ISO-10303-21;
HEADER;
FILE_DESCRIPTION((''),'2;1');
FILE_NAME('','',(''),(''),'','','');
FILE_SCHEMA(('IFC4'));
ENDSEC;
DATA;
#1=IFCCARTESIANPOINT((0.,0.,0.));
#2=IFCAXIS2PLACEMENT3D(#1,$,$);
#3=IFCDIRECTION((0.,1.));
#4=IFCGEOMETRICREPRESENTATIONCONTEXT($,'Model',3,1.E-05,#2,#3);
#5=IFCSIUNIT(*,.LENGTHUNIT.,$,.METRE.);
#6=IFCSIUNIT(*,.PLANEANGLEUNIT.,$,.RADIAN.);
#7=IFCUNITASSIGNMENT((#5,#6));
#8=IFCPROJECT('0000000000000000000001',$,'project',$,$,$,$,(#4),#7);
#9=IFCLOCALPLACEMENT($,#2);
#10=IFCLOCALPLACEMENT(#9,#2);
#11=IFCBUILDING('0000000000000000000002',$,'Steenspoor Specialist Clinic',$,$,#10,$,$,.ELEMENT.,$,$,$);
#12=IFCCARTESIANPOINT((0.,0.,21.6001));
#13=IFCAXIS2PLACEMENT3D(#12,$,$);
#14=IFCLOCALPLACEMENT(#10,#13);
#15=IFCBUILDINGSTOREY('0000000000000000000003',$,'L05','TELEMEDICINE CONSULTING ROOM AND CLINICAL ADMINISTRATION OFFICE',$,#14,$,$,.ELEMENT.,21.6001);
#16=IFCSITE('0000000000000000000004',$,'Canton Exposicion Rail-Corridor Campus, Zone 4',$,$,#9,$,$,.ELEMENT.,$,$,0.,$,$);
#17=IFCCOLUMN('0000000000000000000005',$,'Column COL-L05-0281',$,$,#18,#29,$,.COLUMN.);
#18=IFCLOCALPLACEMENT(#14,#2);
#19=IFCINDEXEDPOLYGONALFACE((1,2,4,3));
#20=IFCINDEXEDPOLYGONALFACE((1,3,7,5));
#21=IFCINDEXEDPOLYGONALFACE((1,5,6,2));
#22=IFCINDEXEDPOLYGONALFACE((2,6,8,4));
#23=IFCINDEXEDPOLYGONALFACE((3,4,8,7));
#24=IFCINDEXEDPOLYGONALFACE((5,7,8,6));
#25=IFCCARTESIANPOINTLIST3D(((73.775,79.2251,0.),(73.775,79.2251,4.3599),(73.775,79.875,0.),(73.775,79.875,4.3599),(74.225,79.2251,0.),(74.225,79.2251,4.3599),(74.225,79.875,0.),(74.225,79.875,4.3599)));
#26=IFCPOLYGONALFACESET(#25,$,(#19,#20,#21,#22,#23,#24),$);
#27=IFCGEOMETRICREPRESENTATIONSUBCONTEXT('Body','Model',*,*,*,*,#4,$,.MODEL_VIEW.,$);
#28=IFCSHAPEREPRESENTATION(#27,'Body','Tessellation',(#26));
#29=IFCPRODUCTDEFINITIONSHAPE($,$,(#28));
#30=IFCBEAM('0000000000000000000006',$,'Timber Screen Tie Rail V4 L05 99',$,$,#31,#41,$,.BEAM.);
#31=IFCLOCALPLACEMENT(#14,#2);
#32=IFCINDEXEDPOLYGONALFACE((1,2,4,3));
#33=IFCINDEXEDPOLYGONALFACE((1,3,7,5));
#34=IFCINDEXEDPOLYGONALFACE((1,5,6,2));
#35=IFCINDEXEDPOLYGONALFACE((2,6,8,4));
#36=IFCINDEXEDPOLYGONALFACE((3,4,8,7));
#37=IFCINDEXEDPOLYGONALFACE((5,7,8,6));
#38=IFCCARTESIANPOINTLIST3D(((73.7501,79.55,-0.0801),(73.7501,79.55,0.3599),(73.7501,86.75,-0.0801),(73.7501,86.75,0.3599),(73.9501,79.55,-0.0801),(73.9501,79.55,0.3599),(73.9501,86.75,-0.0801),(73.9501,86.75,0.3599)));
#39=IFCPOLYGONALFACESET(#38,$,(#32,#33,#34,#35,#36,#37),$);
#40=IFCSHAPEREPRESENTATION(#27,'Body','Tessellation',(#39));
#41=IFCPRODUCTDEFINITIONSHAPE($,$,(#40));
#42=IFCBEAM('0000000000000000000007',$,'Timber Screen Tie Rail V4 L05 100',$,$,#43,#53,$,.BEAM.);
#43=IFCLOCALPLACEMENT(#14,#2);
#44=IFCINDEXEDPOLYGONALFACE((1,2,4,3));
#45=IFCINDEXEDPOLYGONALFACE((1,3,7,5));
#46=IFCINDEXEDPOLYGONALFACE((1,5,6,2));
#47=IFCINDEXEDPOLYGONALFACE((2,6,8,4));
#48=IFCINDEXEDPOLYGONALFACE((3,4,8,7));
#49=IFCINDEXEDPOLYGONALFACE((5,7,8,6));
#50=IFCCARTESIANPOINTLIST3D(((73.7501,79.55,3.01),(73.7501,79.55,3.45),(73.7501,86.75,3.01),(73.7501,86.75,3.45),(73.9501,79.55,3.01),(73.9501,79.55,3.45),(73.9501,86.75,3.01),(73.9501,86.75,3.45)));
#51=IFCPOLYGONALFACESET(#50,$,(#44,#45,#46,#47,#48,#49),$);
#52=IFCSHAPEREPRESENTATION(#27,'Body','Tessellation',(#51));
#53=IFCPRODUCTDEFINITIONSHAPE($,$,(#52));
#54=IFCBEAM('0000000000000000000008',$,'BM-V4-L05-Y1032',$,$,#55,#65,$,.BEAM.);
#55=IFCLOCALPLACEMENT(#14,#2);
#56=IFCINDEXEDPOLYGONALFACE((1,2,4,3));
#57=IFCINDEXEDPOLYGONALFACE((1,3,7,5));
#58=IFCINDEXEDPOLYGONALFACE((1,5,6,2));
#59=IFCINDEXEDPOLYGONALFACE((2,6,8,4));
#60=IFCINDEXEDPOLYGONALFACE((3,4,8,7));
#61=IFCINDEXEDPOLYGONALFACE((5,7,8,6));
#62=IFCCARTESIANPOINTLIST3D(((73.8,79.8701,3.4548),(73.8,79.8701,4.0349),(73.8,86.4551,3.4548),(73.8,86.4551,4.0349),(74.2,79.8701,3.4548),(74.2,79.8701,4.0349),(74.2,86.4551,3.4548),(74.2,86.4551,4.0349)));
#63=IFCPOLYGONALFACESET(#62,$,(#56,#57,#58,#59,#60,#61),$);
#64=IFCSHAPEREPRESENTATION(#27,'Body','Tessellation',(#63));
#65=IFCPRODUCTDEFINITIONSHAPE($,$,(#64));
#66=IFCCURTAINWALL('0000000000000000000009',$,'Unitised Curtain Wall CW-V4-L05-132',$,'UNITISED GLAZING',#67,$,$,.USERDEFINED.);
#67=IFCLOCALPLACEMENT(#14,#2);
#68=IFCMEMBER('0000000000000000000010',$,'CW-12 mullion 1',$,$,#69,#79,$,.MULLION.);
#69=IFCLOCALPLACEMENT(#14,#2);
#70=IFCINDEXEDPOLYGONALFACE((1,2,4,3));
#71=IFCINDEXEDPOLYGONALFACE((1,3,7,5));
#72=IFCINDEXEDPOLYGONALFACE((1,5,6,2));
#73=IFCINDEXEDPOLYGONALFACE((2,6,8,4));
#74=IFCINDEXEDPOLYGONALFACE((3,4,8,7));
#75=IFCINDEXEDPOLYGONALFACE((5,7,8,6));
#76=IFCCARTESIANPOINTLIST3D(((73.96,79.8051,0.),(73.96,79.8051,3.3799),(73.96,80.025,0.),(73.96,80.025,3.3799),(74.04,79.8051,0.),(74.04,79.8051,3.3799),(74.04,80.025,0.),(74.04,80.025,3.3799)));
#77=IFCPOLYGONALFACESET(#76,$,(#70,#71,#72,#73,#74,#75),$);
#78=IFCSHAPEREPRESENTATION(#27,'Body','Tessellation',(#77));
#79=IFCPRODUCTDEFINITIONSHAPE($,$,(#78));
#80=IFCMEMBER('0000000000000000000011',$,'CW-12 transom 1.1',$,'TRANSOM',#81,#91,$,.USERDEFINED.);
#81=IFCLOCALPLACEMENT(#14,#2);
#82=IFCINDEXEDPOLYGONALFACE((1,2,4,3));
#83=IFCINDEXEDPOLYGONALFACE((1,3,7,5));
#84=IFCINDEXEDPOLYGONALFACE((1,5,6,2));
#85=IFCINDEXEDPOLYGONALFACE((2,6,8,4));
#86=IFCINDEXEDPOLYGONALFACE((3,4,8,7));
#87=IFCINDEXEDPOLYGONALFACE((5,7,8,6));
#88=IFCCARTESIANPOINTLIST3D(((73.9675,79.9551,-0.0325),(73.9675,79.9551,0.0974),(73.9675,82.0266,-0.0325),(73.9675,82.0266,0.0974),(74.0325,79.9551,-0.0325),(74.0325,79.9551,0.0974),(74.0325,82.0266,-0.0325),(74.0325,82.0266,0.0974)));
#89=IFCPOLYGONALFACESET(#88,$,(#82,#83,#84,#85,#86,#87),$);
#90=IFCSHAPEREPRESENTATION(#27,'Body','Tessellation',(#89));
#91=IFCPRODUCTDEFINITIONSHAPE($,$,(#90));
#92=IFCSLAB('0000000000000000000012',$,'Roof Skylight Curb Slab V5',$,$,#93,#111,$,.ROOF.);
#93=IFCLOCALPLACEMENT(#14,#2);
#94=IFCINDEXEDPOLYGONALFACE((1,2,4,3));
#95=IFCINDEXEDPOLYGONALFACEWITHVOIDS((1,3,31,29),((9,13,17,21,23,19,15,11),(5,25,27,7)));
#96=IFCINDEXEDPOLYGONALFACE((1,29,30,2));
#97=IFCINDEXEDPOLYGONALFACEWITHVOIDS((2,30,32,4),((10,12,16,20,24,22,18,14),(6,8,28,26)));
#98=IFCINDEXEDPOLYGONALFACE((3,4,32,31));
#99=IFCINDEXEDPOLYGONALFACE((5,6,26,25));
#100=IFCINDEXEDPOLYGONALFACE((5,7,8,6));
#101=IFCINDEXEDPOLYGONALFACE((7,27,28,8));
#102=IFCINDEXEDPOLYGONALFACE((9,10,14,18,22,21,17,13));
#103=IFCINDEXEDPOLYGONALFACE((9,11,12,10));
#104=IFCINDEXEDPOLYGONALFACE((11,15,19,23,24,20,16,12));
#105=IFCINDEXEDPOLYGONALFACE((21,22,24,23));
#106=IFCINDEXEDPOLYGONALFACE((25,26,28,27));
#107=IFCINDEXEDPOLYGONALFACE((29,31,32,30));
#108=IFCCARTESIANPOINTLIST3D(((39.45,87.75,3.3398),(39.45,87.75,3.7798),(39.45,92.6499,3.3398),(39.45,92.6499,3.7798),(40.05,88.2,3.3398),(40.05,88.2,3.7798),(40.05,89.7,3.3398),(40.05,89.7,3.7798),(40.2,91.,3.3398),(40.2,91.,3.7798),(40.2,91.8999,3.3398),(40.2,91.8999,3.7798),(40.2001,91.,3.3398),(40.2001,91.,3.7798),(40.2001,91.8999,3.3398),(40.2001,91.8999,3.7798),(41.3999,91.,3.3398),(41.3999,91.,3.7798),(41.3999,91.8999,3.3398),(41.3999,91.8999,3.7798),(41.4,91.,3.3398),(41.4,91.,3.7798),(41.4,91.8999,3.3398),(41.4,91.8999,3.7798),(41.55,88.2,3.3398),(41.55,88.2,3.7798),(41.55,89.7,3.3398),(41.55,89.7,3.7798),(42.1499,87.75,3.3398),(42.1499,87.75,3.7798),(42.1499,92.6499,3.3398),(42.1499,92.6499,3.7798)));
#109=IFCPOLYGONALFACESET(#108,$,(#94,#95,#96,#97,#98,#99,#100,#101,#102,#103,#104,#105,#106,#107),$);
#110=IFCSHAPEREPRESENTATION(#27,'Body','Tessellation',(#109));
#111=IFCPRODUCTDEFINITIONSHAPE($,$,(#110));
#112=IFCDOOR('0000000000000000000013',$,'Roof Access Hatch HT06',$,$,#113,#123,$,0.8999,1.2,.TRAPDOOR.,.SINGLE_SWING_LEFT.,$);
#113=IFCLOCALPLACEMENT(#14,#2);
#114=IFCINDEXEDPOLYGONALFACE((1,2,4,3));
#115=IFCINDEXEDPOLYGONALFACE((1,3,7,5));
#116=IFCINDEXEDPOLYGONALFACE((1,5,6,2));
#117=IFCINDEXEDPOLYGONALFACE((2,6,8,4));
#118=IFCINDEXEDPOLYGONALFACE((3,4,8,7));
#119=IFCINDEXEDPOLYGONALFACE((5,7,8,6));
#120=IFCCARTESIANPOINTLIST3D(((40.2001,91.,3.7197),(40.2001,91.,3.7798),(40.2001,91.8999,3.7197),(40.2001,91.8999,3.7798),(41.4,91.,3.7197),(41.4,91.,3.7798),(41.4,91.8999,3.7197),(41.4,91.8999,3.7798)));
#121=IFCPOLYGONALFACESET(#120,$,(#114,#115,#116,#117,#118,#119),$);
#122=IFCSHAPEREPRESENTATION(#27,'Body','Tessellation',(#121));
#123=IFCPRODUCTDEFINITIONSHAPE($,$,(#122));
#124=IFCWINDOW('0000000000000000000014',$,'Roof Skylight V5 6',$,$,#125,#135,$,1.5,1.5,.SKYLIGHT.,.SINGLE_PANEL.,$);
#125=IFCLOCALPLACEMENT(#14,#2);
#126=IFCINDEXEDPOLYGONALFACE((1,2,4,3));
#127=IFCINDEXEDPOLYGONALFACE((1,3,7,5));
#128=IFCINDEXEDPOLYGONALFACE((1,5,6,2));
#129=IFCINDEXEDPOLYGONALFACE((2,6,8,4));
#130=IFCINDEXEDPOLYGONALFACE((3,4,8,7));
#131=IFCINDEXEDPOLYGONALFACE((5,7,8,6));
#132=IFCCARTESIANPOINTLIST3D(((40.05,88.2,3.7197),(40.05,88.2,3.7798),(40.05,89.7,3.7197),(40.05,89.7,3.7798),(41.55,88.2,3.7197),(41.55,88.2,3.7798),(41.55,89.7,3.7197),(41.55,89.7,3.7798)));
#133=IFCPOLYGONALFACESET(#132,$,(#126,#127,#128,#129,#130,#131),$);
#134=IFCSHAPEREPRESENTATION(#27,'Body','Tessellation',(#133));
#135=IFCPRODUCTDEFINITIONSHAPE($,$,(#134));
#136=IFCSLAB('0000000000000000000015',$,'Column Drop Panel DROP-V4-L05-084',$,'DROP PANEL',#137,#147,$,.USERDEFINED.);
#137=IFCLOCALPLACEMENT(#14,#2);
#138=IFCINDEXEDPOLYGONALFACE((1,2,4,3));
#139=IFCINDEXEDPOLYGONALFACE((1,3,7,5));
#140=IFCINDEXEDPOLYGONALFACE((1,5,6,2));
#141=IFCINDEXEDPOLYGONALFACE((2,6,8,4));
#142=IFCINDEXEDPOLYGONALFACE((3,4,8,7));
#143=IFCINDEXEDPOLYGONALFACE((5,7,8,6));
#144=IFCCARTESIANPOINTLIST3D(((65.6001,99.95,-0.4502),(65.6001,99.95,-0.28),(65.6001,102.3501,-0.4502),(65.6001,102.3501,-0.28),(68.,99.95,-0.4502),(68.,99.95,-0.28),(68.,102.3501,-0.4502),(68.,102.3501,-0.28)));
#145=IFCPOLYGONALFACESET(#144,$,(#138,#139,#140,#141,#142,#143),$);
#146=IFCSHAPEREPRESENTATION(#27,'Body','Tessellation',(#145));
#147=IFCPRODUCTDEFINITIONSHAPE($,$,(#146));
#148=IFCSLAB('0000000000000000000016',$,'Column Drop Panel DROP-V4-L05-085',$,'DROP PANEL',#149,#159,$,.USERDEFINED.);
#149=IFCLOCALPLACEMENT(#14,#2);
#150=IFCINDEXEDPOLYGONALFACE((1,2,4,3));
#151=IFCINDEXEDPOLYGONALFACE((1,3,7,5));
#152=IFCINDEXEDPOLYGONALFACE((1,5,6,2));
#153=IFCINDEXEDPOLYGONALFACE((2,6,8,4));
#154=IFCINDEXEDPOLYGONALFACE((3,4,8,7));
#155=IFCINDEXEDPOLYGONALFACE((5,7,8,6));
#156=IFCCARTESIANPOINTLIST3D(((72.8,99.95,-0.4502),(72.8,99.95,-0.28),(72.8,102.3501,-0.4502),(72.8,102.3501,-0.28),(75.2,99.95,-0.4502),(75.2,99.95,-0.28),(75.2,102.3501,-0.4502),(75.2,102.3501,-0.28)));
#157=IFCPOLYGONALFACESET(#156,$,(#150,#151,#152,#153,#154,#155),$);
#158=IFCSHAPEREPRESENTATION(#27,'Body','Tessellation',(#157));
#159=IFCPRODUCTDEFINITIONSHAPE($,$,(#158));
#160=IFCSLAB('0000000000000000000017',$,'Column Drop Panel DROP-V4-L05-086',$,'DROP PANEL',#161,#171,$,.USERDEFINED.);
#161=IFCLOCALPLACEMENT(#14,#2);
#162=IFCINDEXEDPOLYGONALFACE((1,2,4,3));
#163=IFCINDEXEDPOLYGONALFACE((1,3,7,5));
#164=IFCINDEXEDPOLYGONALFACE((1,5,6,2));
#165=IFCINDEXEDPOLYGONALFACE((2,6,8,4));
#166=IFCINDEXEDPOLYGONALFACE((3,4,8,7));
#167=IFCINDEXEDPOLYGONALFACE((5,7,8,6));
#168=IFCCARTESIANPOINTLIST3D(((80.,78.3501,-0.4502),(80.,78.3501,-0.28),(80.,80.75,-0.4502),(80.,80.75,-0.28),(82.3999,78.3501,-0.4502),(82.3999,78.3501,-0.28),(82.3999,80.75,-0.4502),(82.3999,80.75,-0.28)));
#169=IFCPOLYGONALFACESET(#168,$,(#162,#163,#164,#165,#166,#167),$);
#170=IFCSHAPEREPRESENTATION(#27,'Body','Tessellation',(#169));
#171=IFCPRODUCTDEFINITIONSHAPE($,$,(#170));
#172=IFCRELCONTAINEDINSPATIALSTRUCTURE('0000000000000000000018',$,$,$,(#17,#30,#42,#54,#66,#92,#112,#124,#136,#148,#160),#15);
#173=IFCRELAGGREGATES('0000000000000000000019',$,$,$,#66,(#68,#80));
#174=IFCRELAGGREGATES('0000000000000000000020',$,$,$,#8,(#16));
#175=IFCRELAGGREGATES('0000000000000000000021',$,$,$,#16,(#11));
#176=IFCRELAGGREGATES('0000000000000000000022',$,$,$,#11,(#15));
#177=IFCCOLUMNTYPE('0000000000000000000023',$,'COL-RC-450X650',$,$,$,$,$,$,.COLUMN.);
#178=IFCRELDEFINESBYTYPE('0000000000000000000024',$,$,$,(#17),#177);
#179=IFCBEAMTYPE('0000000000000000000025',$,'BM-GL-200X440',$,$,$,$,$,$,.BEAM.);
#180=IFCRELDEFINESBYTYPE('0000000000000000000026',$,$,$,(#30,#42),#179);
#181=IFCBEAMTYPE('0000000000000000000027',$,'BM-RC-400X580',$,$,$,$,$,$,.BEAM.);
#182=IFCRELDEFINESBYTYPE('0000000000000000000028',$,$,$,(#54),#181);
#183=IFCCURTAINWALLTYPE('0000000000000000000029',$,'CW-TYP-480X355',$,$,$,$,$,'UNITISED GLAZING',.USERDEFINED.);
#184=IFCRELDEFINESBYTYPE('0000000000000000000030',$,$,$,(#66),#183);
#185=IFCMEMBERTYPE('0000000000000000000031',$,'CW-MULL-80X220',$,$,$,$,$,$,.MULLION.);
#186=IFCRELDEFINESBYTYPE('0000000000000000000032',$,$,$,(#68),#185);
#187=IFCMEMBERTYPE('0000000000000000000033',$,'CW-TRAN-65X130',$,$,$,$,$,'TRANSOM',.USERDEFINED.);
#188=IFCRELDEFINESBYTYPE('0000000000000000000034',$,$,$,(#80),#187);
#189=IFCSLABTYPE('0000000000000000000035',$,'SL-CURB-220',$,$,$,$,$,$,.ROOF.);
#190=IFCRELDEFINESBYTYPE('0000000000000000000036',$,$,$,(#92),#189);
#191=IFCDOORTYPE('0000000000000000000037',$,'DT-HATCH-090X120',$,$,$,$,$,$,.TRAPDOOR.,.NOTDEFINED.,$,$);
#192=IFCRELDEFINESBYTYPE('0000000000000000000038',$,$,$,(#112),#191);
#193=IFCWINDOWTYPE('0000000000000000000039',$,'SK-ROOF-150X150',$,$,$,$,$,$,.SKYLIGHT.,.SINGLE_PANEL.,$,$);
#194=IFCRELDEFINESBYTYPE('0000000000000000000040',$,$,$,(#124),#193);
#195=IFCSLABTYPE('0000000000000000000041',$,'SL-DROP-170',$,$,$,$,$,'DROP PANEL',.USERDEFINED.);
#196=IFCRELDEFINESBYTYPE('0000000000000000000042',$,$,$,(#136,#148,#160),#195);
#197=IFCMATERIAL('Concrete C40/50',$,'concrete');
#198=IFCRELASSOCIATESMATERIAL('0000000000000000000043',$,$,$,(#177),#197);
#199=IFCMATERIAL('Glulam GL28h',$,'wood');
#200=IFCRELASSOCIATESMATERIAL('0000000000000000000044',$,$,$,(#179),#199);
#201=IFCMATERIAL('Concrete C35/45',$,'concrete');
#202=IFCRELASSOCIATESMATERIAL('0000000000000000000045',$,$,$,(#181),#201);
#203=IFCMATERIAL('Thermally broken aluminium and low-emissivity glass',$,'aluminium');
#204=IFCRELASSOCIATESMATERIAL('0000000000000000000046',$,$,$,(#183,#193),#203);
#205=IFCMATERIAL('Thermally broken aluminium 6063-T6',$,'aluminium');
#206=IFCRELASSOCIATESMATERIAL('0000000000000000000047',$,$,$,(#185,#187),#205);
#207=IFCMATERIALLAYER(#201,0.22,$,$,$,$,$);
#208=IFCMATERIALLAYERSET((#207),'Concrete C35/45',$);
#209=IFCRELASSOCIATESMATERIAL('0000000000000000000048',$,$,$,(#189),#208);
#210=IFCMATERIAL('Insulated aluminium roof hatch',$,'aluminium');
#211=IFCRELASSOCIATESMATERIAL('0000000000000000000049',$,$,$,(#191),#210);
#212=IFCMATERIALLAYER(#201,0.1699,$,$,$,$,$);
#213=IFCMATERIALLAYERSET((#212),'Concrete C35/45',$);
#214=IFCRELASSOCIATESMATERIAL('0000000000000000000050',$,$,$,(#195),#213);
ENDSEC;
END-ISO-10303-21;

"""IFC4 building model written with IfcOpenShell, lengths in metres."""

from ifc_helpers import new_model, si_unit, direction, frame, origin, origin_2d, place, context, subcontext, project, spatial, polyline, rectangle, outline, extrude, material, layer, layer_set, material_profile, profile_set, type_object, element, fill, aggregate, save


model = new_model("IFC4")

# Units and contexts
model_context = context("Model", 3, precision=1e-05, world=origin(), true_north=direction((0.0, 1.0)))
body_context = subcontext(model_context, "Body", "Model", "MODEL_VIEW")
ifc_project = project(units=[si_unit("LENGTHUNIT", "METRE"), si_unit("PLANEANGLEUNIT", "RADIAN")], contexts=[model_context])

# Site, building, storey
site_placement = place(None, origin())
site = spatial("IfcSite", under=ifc_project, at=site_placement, Name="Canton Exposicion Rail-Corridor Campus, Zone 4", CompositionType="ELEMENT", RefElevation=0.0)
building_placement = place(site_placement, origin())
building = spatial("IfcBuilding", under=site, at=building_placement, Name="Steenspoor Specialist Clinic", CompositionType="ELEMENT")
storey_placement = place(building_placement, frame((0.0, 0.0, 21.6001)))
storey = spatial("IfcBuildingStorey", under=building, at=storey_placement, Name="L05", Description="TELEMEDICINE CONSULTING ROOM AND CLINICAL ADMINISTRATION OFFICE", CompositionType="ELEMENT", Elevation=21.6001)

# Column
ifc_material_1 = material(Name="Concrete C40/50", Category="concrete")
ifc_material_profile_1 = material_profile(ifc_material_1, rectangle(XDim=0.45, YDim=0.6499, at=origin_2d()), Name="RC-COL-450X650")
ifc_profile_set_1 = profile_set([ifc_material_profile_1], Name="Concrete C40/50")
column_type = type_object("IfcColumnType", Name="COL-RC-450X650", PredefinedType="COLUMN", material=ifc_profile_set_1)
column_placement = place(storey_placement, frame((74.0, 79.55, 0.0), z_axis=(0.0, 0.0, 1.0), x_axis=(1.0, 0.0, 0.0)))
element("IfcColumn", 1, at=column_placement, inside=storey, type_object=column_type, Name="Column COL-L05-0281", PredefinedType="COLUMN", context=body_context, shape_type="SweptSolid", body=[
    extrude(rectangle(XDim=0.45, YDim=0.6499, at=origin_2d()), origin(), (0.0, 0.0, 1.0), 4.3599),
])

# Beams
ifc_material_2 = material(Name="Glulam GL28h", Category="wood")
ifc_material_profile_2 = material_profile(ifc_material_2, rectangle(XDim=0.2, YDim=0.4399, at=origin_2d()), Name="GL28H-200X440")
ifc_profile_set_2 = profile_set([ifc_material_profile_2], Name="Glulam GL28h")
beam_type_1 = type_object("IfcBeamType", Name="BM-GL-200X440", PredefinedType="BEAM", material=ifc_profile_set_2)
for number, where, z_axis, x_axis, name in (
    (2, (73.8501, 79.55, 0.1399), (0.0, 1.0, 0.0), (-1.0, 0.0, 0.0), "Timber Screen Tie Rail V4 L05 99"),
    (3, (73.8501, 79.55, 3.23), (0.0, 1.0, 0.0), (-1.0, 0.0, 0.0), "Timber Screen Tie Rail V4 L05 100"),
):
    element("IfcBeam", number, at=place(storey_placement, frame(where, z_axis=z_axis, x_axis=x_axis)), inside=storey, type_object=beam_type_1, Name=name, PredefinedType="BEAM", context=body_context, shape_type="SweptSolid", body=[
        extrude(rectangle(XDim=0.2, YDim=0.4399, at=origin_2d()), origin(), (0.0, 0.0, 1.0), 7.2),
    ])
ifc_material_3 = material(Name="Concrete C35/45", Category="concrete")
ifc_material_profile_3 = material_profile(ifc_material_3, rectangle(XDim=0.3999, YDim=0.5801, at=origin_2d()), Name="RC-BM-400X580")
ifc_profile_set_3 = profile_set([ifc_material_profile_3], Name="Concrete C35/45")
beam_type_2 = type_object("IfcBeamType", Name="BM-RC-400X580", PredefinedType="BEAM", material=ifc_profile_set_3)
beam_placement = place(storey_placement, frame((74.0, 79.8701, 3.7449), z_axis=(0.0, 1.0, 0.0), x_axis=(-1.0, 0.0, 0.0)))
element("IfcBeam", 4, at=beam_placement, inside=storey, type_object=beam_type_2, Name="BM-V4-L05-Y1032", PredefinedType="BEAM", context=body_context, shape_type="SweptSolid", body=[
    extrude(rectangle(XDim=0.3999, YDim=0.5801, at=origin_2d()), origin(), (0.0, 0.0, 1.0), 6.585),
])

# Curtain wall, members
ifc_material_4 = material(Name="Thermally broken aluminium and low-emissivity glass", Category="aluminium")
curtain_wall_type = type_object("IfcCurtainWallType", Name="CW-TYP-480X355", ElementType="UNITISED GLAZING", PredefinedType="USERDEFINED", material=ifc_material_4)
curtain_wall_placement = place(storey_placement, origin())
curtain_wall = element("IfcCurtainWall", 5, at=curtain_wall_placement, inside=storey, type_object=curtain_wall_type, Name="Unitised Curtain Wall CW-V4-L05-132", ObjectType="UNITISED GLAZING", PredefinedType="USERDEFINED")
ifc_material_5 = material(Name="Thermally broken aluminium 6063-T6", Category="aluminium")
ifc_material_profile_4 = material_profile(ifc_material_5, rectangle(XDim=0.0801, YDim=0.22, at=origin_2d()), Name="CWM-80X220")
ifc_profile_set_4 = profile_set([ifc_material_profile_4], Name="Thermally broken aluminium 6063-T6")
member_type_1 = type_object("IfcMemberType", Name="CW-MULL-80X220", PredefinedType="MULLION", material=ifc_profile_set_4)
member_1_placement = place(storey_placement, frame((74.0, 79.915, 0.0), z_axis=(0.0, 0.0, 1.0), x_axis=(-1.0, 0.0, 0.0)))
member_1 = element("IfcMember", 6, at=member_1_placement, type_object=member_type_1, Name="CW-12 mullion 1", PredefinedType="MULLION", context=body_context, shape_type="SweptSolid", body=[
    extrude(rectangle(XDim=0.0801, YDim=0.22, at=origin_2d()), origin(), (0.0, 0.0, 1.0), 3.3799),
])
ifc_material_profile_5 = material_profile(ifc_material_5, rectangle(XDim=0.0649, YDim=0.1299, at=origin_2d()), Name="CWT-65X130")
ifc_profile_set_5 = profile_set([ifc_material_profile_5], Name="Thermally broken aluminium 6063-T6")
member_type_2 = type_object("IfcMemberType", Name="CW-TRAN-65X130", ElementType="TRANSOM", PredefinedType="USERDEFINED", material=ifc_profile_set_5)
member_2_placement = place(storey_placement, frame((74.0, 79.9551, 0.0325), z_axis=(0.0, 1.0, 0.0), x_axis=(-1.0, 0.0, 0.0)))
member_2 = element("IfcMember", 7, at=member_2_placement, type_object=member_type_2, Name="CW-12 transom 1.1", ObjectType="TRANSOM", PredefinedType="USERDEFINED", context=body_context, shape_type="SweptSolid", body=[
    extrude(rectangle(XDim=0.0649, YDim=0.1299, at=origin_2d()), origin(), (0.0, 0.0, 1.0), 2.0715),
])
aggregate(curtain_wall, [member_1, member_2])

# Slab, openings, door, window
ifc_layer_1 = layer(ifc_material_3, 0.22)
ifc_layer_set_1 = layer_set([ifc_layer_1], Name="Concrete C35/45")
slab_type_1 = type_object("IfcSlabType", Name="SL-CURB-220", PredefinedType="ROOF", material=ifc_layer_set_1)
slab_1_placement = place(storey_placement, frame((0.0, 0.0, 3.3398)))
slab_1 = element("IfcSlab", 8, at=slab_1_placement, inside=storey, type_object=slab_type_1, Name="Roof Skylight Curb Slab V5", PredefinedType="ROOF", context=body_context, shape_type="SweptSolid", body=[
    extrude(outline(polyline([(39.45, 87.75), (39.45, 92.6499), (42.1499, 92.6499), (42.1499, 87.75), (39.45, 87.75)]), holes=[polyline([(41.55, 88.2), (41.55, 89.7), (40.05, 89.7), (40.05, 88.2), (41.55, 88.2)]), polyline([(41.3999, 91.0), (41.3999, 91.8999), (40.2, 91.8999), (40.2, 91.0), (41.3999, 91.0)])]), origin(), (0.0, 0.0, 1.0), 0.4399),
])
opening_1_placement = place(slab_1_placement, frame((40.8, 88.95, -0.01)))
opening_1 = element("IfcOpeningElement", 9, at=opening_1_placement, cuts=slab_1, PredefinedType="OPENING", context=body_context, shape_type="SweptSolid", body=[
    extrude(rectangle(XDim=1.5, YDim=1.5, at=origin_2d()), origin(), (0.0, 0.0, 1.0), 0.46),
])
opening_2_placement = place(slab_1_placement, frame((40.8, 91.45, -0.01)))
opening_2 = element("IfcOpeningElement", 10, at=opening_2_placement, cuts=slab_1, PredefinedType="OPENING", context=body_context, shape_type="SweptSolid", body=[
    extrude(rectangle(XDim=1.2, YDim=0.8999, at=origin_2d()), origin(), (0.0, 0.0, 1.0), 0.46),
])
ifc_material_6 = material(Name="Insulated aluminium roof hatch", Category="aluminium")
door_type = type_object("IfcDoorType", Name="DT-HATCH-090X120", OperationType="NOTDEFINED", PredefinedType="TRAPDOOR", material=ifc_material_6)
door_placement = place(slab_1_placement, frame((40.8, 91.45, 0.3799)))
door = element("IfcDoor", 11, at=door_placement, inside=storey, type_object=door_type, Name="Roof Access Hatch HT06", OperationType="SINGLE_SWING_LEFT", OverallHeight=0.8999, OverallWidth=1.2, PredefinedType="TRAPDOOR", context=body_context, shape_type="SweptSolid", body=[
    extrude(rectangle(XDim=1.2, YDim=0.8999, at=origin_2d()), origin(), (0.0, 0.0, 1.0), 0.0601),
])
fill(opening_2, door)
window_type_1 = type_object("IfcWindowType", Name="SK-ROOF-150X150", PartitioningType="SINGLE_PANEL", PredefinedType="SKYLIGHT", material=ifc_material_4)
window_1_placement = place(slab_1_placement, frame((40.8, 88.95, 0.3799)))
window_1 = element("IfcWindow", 12, at=window_1_placement, inside=storey, type_object=window_type_1, Name="Roof Skylight V5 6", OverallHeight=1.5, OverallWidth=1.5, PartitioningType="SINGLE_PANEL", PredefinedType="SKYLIGHT", context=body_context, shape_type="SweptSolid", body=[
    extrude(rectangle(XDim=1.5, YDim=1.5, at=origin_2d()), origin(), (0.0, 0.0, 1.0), 0.0601),
])
fill(opening_1, window_1)

# Slabs
ifc_layer_2 = layer(ifc_material_3, 0.1699)
ifc_layer_set_2 = layer_set([ifc_layer_2], Name="Concrete C35/45")
slab_type_2 = type_object("IfcSlabType", Name="SL-DROP-170", ElementType="DROP PANEL", PredefinedType="USERDEFINED", material=ifc_layer_set_2)
slab_2_placement = place(storey_placement, frame((0.0, 0.0, -0.4502)))
element("IfcSlab", 13, at=slab_2_placement, inside=storey, type_object=slab_type_2, Name="Column Drop Panel DROP-V4-L05-084", ObjectType="DROP PANEL", PredefinedType="USERDEFINED", context=body_context, shape_type="SweptSolid", body=[
    extrude(outline(polyline([(68.0, 99.95), (68.0, 102.3501), (65.6001, 102.3501), (65.6001, 99.95), (68.0, 99.95)])), origin(), (0.0, 0.0, 1.0), 0.1702),
])
slab_3_placement = place(storey_placement, frame((0.0, 0.0, -0.4502)))
element("IfcSlab", 14, at=slab_3_placement, inside=storey, type_object=slab_type_2, Name="Column Drop Panel DROP-V4-L05-085", ObjectType="DROP PANEL", PredefinedType="USERDEFINED", context=body_context, shape_type="SweptSolid", body=[
    extrude(outline(polyline([(75.2, 99.95), (75.2, 102.3501), (72.8, 102.3501), (72.8, 99.95), (75.2, 99.95)])), origin(), (0.0, 0.0, 1.0), 0.1702),
])
slab_4_placement = place(storey_placement, frame((0.0, 0.0, -0.4502)))
element("IfcSlab", 15, at=slab_4_placement, inside=storey, type_object=slab_type_2, Name="Column Drop Panel DROP-V4-L05-086", ObjectType="DROP PANEL", PredefinedType="USERDEFINED", context=body_context, shape_type="SweptSolid", body=[
    extrude(outline(polyline([(82.3999, 78.3501), (82.3999, 80.75), (80.0, 80.75), (80.0, 78.3501), (82.3999, 78.3501)])), origin(), (0.0, 0.0, 1.0), 0.1702),
])

save(model, "model.ifc")
